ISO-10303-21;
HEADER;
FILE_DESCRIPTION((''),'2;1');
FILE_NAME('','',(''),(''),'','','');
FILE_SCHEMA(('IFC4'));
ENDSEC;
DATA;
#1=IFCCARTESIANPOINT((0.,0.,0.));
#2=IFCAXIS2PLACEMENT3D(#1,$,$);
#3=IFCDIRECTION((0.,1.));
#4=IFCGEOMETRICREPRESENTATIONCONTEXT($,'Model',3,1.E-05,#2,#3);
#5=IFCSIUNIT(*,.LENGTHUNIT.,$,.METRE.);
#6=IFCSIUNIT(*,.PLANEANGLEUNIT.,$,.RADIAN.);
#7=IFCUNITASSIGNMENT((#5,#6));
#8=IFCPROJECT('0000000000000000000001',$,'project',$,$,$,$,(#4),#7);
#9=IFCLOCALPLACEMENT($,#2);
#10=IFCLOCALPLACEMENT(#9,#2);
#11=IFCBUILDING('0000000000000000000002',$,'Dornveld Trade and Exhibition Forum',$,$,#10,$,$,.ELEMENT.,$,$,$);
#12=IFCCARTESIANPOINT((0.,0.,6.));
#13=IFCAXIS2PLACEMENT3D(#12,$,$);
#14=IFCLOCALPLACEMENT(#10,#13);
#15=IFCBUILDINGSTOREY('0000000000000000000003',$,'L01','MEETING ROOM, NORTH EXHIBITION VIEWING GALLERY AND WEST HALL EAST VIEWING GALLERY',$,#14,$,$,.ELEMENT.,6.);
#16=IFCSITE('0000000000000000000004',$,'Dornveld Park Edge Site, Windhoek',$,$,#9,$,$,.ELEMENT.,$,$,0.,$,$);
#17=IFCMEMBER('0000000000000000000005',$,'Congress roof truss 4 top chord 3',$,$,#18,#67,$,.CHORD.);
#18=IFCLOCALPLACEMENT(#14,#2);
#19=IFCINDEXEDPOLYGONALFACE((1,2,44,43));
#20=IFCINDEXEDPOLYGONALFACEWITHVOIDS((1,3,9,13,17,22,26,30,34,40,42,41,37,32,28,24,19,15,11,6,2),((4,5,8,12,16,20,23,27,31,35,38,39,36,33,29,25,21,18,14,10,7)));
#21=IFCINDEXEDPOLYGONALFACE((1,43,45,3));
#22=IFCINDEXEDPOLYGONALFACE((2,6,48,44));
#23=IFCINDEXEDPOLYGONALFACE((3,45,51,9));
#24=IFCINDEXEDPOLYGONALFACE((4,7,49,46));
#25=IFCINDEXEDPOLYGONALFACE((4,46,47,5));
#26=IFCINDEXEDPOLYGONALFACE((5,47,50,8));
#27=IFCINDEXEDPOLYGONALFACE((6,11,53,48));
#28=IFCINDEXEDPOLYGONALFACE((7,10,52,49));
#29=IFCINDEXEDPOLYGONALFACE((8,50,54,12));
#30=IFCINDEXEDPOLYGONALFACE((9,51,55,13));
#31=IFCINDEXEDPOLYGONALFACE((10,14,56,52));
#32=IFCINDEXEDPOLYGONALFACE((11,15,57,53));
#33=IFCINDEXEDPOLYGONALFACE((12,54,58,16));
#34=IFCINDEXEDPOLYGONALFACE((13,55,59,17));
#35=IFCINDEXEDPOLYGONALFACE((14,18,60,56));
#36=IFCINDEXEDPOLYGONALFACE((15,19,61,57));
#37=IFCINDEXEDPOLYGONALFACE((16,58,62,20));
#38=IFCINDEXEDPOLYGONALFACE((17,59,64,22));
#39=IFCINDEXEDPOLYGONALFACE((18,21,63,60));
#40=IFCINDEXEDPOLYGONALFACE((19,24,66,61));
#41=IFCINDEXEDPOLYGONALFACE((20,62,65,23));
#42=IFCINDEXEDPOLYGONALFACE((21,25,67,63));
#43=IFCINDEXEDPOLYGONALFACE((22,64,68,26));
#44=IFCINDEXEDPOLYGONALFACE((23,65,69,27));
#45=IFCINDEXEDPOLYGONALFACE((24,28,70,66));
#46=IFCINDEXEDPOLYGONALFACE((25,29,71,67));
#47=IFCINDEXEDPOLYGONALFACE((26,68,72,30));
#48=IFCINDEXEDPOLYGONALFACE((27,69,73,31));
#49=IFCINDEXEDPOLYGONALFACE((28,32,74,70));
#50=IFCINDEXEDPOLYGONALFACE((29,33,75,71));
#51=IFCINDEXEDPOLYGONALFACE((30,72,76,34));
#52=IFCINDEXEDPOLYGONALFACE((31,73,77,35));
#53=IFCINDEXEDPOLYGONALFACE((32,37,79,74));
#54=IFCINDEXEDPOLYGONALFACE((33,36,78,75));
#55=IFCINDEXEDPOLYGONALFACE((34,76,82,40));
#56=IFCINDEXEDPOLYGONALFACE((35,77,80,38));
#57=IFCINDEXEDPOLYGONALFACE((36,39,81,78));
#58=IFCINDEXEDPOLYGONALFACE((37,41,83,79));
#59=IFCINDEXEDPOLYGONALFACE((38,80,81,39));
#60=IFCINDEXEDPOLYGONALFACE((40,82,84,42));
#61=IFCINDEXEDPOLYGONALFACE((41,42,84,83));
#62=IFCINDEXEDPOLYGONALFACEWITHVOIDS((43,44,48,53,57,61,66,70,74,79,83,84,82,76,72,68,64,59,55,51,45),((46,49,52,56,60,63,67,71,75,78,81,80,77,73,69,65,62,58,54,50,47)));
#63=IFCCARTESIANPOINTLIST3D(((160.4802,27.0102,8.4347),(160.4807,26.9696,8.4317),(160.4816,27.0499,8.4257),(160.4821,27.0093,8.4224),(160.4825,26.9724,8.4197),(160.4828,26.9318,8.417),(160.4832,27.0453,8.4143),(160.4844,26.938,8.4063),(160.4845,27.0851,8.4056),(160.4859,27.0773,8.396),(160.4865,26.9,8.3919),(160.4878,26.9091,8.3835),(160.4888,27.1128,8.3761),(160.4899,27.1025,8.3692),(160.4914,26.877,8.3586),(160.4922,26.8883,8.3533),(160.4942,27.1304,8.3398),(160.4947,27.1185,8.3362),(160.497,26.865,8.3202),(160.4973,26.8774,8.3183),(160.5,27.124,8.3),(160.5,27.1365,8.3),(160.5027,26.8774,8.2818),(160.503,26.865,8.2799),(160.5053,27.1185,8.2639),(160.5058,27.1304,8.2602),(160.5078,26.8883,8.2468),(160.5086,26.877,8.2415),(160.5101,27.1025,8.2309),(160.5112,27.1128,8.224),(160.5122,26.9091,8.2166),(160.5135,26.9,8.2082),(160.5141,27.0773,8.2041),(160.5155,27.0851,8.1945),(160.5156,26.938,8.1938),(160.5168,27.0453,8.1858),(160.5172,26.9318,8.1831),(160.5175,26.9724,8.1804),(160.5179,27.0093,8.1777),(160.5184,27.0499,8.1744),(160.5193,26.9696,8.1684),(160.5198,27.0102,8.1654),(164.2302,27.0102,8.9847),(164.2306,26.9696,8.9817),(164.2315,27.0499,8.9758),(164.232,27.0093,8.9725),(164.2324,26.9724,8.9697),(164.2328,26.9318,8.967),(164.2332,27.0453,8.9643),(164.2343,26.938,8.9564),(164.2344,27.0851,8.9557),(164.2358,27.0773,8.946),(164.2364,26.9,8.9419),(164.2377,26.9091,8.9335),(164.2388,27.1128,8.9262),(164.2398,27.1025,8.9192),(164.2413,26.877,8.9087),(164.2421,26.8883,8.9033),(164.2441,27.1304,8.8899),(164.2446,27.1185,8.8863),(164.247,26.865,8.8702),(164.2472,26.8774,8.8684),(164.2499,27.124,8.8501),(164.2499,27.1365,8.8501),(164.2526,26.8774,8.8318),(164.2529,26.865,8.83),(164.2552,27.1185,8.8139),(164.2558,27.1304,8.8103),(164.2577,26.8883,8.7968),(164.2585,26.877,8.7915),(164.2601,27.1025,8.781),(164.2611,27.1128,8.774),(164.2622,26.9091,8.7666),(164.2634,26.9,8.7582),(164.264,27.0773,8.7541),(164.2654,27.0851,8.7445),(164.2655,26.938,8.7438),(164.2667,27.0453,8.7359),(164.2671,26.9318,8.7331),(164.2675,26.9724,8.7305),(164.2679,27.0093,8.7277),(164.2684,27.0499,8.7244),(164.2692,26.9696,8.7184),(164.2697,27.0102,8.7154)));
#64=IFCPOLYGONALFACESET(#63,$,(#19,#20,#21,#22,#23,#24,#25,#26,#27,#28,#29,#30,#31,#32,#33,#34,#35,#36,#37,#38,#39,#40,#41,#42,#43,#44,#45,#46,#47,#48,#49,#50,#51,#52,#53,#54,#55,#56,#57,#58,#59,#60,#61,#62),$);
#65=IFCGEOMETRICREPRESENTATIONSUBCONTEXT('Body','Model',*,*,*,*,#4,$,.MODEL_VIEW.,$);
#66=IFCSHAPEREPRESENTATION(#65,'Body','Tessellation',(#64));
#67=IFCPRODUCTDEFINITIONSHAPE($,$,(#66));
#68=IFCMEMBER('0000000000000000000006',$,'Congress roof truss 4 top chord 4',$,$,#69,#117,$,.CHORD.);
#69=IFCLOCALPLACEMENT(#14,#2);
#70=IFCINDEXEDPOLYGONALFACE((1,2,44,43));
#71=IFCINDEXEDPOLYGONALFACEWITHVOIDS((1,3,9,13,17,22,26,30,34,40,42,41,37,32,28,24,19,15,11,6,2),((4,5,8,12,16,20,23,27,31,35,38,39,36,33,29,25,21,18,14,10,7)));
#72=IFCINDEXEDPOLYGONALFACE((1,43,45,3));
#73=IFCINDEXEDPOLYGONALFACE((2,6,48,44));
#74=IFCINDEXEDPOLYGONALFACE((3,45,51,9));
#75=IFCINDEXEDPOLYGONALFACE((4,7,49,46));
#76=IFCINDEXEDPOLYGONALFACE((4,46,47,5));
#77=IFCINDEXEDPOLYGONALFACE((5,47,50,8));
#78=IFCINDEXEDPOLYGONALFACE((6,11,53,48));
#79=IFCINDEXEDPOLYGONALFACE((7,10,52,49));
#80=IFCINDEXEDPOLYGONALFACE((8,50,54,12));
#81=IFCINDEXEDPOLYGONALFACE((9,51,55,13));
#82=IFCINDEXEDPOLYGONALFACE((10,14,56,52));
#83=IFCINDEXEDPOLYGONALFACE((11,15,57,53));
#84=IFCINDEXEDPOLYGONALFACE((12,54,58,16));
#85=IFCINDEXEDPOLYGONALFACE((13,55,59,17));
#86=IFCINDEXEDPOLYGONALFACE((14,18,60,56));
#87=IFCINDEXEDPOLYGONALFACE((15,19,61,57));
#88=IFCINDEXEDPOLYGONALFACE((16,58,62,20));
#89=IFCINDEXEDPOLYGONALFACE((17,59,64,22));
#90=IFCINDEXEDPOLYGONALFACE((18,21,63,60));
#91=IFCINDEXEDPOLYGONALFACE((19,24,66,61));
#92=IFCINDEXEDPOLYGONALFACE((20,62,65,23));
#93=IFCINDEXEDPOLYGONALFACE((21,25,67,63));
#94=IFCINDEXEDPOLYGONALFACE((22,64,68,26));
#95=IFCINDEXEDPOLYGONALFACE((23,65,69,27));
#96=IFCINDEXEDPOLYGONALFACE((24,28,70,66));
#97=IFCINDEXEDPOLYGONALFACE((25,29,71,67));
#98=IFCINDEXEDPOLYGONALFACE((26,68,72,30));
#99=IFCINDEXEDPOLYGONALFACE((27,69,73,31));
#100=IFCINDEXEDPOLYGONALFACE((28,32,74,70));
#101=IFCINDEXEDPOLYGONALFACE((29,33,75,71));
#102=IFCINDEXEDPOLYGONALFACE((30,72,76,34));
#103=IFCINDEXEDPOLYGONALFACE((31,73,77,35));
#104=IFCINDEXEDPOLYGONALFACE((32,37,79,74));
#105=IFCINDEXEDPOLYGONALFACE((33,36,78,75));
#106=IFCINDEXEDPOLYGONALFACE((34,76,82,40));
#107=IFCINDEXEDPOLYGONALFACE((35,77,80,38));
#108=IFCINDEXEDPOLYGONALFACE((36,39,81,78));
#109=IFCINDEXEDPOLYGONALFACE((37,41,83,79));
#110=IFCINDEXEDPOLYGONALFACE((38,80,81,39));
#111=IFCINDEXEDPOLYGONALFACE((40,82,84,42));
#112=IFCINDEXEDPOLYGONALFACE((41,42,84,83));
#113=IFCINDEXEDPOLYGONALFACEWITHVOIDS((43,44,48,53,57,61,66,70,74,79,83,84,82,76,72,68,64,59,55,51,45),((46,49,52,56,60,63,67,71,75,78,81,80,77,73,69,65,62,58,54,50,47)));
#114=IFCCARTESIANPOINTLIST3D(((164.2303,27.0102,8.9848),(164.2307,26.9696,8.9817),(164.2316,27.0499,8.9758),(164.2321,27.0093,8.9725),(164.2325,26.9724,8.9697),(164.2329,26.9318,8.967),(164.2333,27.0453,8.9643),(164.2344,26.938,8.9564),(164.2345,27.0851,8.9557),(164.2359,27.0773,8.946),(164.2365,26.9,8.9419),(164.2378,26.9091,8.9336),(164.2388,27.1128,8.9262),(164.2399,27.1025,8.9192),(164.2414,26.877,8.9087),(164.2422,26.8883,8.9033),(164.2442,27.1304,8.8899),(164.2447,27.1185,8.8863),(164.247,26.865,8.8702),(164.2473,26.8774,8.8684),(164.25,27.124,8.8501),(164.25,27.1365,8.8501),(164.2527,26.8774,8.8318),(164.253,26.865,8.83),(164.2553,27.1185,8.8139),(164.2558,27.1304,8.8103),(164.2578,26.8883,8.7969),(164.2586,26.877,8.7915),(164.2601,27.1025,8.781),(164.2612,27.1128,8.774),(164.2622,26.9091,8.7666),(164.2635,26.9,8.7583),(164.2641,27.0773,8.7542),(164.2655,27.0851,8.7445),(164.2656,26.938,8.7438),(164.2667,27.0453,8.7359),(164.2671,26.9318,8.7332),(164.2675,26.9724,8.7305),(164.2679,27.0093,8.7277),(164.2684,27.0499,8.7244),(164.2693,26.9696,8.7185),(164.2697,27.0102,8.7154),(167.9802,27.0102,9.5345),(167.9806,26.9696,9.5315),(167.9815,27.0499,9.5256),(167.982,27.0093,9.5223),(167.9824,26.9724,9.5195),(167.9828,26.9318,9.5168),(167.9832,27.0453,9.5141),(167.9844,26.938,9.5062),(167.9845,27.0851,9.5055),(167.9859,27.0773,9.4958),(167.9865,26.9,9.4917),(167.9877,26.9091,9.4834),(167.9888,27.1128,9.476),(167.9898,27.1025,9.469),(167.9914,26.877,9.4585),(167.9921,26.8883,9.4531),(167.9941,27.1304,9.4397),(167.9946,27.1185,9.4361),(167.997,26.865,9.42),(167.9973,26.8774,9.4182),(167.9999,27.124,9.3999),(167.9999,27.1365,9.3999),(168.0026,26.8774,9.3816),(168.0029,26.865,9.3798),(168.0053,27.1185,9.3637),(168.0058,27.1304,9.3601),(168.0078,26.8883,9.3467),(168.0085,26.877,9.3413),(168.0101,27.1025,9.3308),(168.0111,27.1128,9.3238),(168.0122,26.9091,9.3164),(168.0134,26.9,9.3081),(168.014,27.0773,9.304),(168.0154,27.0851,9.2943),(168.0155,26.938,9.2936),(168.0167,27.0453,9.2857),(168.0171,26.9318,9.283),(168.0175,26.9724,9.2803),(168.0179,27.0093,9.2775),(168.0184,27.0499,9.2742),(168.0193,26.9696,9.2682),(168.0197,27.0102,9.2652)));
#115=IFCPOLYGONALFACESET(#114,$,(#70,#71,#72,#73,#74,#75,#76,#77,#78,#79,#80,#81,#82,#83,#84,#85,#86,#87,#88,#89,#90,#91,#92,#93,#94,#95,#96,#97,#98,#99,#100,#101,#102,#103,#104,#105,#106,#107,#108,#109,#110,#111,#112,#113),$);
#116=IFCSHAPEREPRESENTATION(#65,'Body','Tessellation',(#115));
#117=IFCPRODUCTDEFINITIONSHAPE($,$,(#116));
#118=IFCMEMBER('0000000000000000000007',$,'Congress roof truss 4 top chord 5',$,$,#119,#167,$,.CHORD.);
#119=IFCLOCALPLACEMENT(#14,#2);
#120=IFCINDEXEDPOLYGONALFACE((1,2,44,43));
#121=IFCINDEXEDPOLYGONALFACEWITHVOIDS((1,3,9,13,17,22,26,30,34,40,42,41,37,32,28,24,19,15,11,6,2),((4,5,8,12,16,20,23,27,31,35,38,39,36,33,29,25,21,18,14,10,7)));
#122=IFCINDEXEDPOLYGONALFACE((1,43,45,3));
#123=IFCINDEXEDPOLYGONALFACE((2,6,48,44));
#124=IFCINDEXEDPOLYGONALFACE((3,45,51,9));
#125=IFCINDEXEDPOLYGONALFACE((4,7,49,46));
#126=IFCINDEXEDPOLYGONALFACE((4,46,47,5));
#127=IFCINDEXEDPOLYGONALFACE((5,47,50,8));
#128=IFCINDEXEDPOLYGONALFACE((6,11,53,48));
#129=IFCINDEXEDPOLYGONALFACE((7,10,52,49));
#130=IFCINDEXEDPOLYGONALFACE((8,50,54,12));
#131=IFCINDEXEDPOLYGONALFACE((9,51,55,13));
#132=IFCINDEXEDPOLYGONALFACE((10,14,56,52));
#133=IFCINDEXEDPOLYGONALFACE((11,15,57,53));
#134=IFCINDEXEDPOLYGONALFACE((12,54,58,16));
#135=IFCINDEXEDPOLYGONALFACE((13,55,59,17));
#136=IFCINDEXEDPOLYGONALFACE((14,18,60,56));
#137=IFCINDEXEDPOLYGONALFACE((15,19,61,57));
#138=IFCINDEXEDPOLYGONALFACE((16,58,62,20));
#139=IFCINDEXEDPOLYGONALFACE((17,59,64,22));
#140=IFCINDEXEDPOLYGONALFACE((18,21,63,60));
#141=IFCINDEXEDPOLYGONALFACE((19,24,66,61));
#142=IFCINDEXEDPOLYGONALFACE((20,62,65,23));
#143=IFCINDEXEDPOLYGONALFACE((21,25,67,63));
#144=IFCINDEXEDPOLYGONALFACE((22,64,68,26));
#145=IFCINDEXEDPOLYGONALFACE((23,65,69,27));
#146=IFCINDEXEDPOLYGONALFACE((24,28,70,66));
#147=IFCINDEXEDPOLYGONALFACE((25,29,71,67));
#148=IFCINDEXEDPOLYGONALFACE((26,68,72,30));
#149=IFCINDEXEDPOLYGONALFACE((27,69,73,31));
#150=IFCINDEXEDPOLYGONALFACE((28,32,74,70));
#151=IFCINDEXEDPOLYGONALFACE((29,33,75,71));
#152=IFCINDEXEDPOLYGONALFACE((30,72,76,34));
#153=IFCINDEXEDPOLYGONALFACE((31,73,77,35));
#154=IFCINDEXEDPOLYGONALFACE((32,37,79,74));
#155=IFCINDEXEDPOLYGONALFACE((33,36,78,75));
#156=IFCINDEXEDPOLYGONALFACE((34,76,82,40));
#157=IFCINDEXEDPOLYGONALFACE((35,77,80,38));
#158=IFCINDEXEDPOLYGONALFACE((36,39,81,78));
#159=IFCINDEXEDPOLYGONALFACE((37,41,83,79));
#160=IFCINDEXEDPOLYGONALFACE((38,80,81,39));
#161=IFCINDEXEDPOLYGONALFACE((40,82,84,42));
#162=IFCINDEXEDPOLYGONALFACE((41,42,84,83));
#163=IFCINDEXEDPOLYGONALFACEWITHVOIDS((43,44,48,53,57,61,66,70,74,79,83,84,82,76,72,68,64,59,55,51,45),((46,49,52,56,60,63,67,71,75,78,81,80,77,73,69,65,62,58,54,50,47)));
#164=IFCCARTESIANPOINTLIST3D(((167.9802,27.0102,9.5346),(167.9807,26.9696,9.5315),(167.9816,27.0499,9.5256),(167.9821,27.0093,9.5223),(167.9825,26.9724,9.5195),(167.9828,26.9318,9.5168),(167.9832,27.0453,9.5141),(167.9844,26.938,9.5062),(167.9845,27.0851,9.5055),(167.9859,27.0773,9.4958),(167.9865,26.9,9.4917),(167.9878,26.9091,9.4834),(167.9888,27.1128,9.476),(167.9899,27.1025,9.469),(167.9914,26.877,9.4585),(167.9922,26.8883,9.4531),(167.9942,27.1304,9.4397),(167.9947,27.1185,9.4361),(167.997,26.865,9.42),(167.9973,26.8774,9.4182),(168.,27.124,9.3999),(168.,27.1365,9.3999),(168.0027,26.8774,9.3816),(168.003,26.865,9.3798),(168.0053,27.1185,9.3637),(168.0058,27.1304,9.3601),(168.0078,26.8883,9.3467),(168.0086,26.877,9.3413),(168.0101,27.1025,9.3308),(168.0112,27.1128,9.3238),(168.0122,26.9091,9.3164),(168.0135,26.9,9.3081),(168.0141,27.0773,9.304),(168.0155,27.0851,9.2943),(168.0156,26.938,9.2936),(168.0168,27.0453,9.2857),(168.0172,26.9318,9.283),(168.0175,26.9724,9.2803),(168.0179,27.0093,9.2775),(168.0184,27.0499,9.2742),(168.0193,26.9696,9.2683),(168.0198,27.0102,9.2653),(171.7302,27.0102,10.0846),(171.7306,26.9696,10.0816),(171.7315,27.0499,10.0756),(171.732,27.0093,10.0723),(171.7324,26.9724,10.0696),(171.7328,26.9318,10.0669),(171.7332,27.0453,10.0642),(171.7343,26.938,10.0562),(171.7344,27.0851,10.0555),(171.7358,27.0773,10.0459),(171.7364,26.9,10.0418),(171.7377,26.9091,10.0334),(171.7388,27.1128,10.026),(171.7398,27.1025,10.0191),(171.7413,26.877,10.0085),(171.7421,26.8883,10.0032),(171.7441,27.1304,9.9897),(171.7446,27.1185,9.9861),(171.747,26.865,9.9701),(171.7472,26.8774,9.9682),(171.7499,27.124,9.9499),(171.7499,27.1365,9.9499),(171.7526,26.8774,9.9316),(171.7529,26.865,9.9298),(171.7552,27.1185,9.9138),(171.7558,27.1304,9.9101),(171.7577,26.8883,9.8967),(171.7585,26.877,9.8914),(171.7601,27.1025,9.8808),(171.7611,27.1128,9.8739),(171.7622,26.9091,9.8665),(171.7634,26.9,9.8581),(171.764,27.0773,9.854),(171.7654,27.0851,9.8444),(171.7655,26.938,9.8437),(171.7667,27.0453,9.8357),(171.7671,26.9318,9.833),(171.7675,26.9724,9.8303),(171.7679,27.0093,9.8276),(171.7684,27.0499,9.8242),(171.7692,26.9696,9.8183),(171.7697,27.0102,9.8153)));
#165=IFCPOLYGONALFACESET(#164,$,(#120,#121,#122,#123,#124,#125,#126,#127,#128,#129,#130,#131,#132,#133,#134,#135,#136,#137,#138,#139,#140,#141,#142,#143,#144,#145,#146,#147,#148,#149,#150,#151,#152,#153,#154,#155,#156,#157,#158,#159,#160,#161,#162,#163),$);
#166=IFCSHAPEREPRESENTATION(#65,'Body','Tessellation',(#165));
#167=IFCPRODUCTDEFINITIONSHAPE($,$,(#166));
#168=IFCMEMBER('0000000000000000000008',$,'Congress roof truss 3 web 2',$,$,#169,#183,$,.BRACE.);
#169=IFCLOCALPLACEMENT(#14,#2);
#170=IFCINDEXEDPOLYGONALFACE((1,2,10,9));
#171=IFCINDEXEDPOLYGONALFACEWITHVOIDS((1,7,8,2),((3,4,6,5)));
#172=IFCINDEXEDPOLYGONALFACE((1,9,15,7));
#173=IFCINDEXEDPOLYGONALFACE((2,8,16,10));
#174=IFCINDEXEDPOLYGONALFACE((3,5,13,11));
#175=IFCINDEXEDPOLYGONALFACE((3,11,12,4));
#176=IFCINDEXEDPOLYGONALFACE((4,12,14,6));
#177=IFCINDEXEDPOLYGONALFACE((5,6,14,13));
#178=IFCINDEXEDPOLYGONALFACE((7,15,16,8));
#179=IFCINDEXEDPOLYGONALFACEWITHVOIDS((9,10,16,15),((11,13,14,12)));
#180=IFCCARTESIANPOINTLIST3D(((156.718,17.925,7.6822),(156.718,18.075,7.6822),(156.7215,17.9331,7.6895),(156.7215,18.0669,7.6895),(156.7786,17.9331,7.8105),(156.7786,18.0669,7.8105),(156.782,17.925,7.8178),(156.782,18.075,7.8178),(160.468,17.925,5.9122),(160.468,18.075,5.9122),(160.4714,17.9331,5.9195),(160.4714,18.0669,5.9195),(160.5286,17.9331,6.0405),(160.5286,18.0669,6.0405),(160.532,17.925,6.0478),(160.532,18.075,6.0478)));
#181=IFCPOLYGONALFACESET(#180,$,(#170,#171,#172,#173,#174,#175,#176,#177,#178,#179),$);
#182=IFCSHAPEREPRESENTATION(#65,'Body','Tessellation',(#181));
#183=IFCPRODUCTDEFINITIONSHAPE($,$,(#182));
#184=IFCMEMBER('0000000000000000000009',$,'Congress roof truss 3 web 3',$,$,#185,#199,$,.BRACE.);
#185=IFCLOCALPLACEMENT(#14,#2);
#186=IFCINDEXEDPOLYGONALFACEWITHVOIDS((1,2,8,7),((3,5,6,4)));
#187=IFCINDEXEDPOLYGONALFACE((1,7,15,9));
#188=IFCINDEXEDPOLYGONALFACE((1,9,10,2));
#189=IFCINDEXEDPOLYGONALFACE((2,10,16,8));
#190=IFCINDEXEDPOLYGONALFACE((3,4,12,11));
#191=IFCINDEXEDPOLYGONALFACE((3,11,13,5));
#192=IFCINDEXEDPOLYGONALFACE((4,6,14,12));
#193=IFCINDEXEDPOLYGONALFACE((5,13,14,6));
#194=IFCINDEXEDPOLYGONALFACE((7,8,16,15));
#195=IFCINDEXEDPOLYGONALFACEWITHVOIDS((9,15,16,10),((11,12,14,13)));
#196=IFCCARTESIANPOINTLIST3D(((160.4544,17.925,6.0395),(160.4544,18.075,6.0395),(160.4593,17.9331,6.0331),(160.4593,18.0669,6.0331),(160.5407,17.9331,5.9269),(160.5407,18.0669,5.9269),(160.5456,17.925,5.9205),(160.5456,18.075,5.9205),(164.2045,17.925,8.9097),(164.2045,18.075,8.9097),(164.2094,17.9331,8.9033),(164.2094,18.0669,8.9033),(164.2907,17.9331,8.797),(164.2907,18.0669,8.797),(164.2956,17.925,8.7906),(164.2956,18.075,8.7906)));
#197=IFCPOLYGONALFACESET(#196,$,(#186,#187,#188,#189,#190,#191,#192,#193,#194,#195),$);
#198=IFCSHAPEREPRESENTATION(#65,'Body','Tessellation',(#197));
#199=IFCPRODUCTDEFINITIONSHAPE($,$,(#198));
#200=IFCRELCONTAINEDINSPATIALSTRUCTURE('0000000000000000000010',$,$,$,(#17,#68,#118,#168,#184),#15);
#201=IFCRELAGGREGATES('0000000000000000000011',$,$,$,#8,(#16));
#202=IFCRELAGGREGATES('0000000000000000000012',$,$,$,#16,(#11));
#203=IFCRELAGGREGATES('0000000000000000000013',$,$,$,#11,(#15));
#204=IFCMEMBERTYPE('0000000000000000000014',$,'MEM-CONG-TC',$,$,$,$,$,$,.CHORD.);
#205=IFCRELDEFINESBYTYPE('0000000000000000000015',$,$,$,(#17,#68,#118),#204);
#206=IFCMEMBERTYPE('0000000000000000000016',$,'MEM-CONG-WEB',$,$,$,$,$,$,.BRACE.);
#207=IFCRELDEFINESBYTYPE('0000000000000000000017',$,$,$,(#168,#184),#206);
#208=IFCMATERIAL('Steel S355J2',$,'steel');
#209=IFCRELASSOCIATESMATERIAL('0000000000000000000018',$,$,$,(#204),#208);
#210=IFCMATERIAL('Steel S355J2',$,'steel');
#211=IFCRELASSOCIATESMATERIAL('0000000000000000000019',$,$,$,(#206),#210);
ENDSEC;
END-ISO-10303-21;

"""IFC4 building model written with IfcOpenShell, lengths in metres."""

from ifc_helpers import new_model, si_unit, direction, frame, origin, origin_2d, place, context, subcontext, project, spatial, hollow_rectangle, hollow_circle, extrude, material, material_profile, profile_set, type_object, element, save


model = new_model("IFC4")

# Units and contexts
model_context = context("Model", 3, precision=1e-05, world=origin(), true_north=direction((0.0, 1.0)))
body_context = subcontext(model_context, "Body", "Model", "MODEL_VIEW")
ifc_project = project(units=[si_unit("LENGTHUNIT", "METRE"), si_unit("PLANEANGLEUNIT", "RADIAN")], contexts=[model_context])

# Site, building, storey
site_placement = place(None, origin())
site = spatial("IfcSite", under=ifc_project, at=site_placement, Name="Dornveld Park Edge Site, Windhoek", CompositionType="ELEMENT", RefElevation=0.0)
building_placement = place(site_placement, origin())
building = spatial("IfcBuilding", under=site, at=building_placement, Name="Dornveld Trade and Exhibition Forum", CompositionType="ELEMENT")
storey_placement = place(building_placement, frame((0.0, 0.0, 6.0)))
storey = spatial("IfcBuildingStorey", under=building, at=storey_placement, Name="L01", Description="MEETING ROOM, NORTH EXHIBITION VIEWING GALLERY AND WEST HALL EAST VIEWING GALLERY", CompositionType="ELEMENT", Elevation=6.0)

# Members
ifc_material_1 = material(Name="Steel S355J2", Category="steel")
ifc_material_profile_1 = material_profile(ifc_material_1, hollow_circle(Radius=0.1365, WallThickness=0.0125, at=origin_2d()), Name="CHS 273x12.5")
ifc_profile_set_1 = profile_set([ifc_material_profile_1], Name="Steel S355J2")
member_type_1 = type_object("IfcMemberType", Name="MEM-CONG-TC", PredefinedType="CHORD", material=ifc_profile_set_1)
for number, where, z_axis, x_axis, name in (
    (1, (160.5, 27.0, 8.3), (0.989413, 0.0, 0.145127), (0.0, 1.0, 0.0), "Congress roof truss 4 top chord 3"),
    (2, (164.25, 27.0, 8.8501), (0.989422, 0.0, 0.145064), (0.0, 1.0, 0.0), "Congress roof truss 4 top chord 4"),
    (3, (168.0, 27.0, 9.3999), (0.989413, 0.0, 0.145127), (0.0, 1.0, 0.0), "Congress roof truss 4 top chord 5"),
):
    element("IfcMember", number, at=place(storey_placement, frame(where, z_axis=z_axis, x_axis=x_axis)), inside=storey, type_object=member_type_1, Name=name, PredefinedType="CHORD", context=body_context, shape_type="SweptSolid", body=[
        extrude(hollow_circle(Radius=0.1365, WallThickness=0.0125, at=origin_2d()), origin(), (0.0, 0.0, 1.0), 3.79),
    ])
ifc_material_2 = material(Name="Steel S355J2", Category="steel")
ifc_material_profile_2 = material_profile(ifc_material_2, hollow_rectangle(XDim=0.1499, YDim=0.1499, WallThickness=0.0081, at=origin_2d()), Name="SHS 150x150x8")
ifc_profile_set_2 = profile_set([ifc_material_profile_2], Name="Steel S355J2")
member_type_2 = type_object("IfcMemberType", Name="MEM-CONG-WEB", PredefinedType="BRACE", material=ifc_profile_set_2)
member_1_placement = place(storey_placement, frame((160.5, 18.0, 5.98), z_axis=(-0.904324, 0.0, 0.426846), x_axis=(0.0, -1.0, 0.0)))
element("IfcMember", 4, at=member_1_placement, inside=storey, type_object=member_type_2, Name="Congress roof truss 3 web 2", PredefinedType="BRACE", context=body_context, shape_type="SweptSolid", body=[
    extrude(hollow_rectangle(XDim=0.1499, YDim=0.1499, WallThickness=0.0081, at=origin_2d()), origin(), (0.0, 0.0, 1.0), 4.1467),
])
for number, where, z_axis, x_axis, name in (
    (5, (160.5, 18.0, 5.98), (0.794105, 0.0, 0.60778), (0.0, 1.0, 0.0), "Congress roof truss 3 web 3"),
):
    element("IfcMember", number, at=place(storey_placement, frame(where, z_axis=z_axis, x_axis=x_axis)), inside=storey, type_object=member_type_2, Name=name, PredefinedType="BRACE", context=body_context, shape_type="SweptSolid", body=[
        extrude(hollow_rectangle(XDim=0.1499, YDim=0.1499, WallThickness=0.0081, at=origin_2d()), origin(), (0.0, 0.0, 1.0), 4.7224),
    ])

save(model, "model.ifc")
